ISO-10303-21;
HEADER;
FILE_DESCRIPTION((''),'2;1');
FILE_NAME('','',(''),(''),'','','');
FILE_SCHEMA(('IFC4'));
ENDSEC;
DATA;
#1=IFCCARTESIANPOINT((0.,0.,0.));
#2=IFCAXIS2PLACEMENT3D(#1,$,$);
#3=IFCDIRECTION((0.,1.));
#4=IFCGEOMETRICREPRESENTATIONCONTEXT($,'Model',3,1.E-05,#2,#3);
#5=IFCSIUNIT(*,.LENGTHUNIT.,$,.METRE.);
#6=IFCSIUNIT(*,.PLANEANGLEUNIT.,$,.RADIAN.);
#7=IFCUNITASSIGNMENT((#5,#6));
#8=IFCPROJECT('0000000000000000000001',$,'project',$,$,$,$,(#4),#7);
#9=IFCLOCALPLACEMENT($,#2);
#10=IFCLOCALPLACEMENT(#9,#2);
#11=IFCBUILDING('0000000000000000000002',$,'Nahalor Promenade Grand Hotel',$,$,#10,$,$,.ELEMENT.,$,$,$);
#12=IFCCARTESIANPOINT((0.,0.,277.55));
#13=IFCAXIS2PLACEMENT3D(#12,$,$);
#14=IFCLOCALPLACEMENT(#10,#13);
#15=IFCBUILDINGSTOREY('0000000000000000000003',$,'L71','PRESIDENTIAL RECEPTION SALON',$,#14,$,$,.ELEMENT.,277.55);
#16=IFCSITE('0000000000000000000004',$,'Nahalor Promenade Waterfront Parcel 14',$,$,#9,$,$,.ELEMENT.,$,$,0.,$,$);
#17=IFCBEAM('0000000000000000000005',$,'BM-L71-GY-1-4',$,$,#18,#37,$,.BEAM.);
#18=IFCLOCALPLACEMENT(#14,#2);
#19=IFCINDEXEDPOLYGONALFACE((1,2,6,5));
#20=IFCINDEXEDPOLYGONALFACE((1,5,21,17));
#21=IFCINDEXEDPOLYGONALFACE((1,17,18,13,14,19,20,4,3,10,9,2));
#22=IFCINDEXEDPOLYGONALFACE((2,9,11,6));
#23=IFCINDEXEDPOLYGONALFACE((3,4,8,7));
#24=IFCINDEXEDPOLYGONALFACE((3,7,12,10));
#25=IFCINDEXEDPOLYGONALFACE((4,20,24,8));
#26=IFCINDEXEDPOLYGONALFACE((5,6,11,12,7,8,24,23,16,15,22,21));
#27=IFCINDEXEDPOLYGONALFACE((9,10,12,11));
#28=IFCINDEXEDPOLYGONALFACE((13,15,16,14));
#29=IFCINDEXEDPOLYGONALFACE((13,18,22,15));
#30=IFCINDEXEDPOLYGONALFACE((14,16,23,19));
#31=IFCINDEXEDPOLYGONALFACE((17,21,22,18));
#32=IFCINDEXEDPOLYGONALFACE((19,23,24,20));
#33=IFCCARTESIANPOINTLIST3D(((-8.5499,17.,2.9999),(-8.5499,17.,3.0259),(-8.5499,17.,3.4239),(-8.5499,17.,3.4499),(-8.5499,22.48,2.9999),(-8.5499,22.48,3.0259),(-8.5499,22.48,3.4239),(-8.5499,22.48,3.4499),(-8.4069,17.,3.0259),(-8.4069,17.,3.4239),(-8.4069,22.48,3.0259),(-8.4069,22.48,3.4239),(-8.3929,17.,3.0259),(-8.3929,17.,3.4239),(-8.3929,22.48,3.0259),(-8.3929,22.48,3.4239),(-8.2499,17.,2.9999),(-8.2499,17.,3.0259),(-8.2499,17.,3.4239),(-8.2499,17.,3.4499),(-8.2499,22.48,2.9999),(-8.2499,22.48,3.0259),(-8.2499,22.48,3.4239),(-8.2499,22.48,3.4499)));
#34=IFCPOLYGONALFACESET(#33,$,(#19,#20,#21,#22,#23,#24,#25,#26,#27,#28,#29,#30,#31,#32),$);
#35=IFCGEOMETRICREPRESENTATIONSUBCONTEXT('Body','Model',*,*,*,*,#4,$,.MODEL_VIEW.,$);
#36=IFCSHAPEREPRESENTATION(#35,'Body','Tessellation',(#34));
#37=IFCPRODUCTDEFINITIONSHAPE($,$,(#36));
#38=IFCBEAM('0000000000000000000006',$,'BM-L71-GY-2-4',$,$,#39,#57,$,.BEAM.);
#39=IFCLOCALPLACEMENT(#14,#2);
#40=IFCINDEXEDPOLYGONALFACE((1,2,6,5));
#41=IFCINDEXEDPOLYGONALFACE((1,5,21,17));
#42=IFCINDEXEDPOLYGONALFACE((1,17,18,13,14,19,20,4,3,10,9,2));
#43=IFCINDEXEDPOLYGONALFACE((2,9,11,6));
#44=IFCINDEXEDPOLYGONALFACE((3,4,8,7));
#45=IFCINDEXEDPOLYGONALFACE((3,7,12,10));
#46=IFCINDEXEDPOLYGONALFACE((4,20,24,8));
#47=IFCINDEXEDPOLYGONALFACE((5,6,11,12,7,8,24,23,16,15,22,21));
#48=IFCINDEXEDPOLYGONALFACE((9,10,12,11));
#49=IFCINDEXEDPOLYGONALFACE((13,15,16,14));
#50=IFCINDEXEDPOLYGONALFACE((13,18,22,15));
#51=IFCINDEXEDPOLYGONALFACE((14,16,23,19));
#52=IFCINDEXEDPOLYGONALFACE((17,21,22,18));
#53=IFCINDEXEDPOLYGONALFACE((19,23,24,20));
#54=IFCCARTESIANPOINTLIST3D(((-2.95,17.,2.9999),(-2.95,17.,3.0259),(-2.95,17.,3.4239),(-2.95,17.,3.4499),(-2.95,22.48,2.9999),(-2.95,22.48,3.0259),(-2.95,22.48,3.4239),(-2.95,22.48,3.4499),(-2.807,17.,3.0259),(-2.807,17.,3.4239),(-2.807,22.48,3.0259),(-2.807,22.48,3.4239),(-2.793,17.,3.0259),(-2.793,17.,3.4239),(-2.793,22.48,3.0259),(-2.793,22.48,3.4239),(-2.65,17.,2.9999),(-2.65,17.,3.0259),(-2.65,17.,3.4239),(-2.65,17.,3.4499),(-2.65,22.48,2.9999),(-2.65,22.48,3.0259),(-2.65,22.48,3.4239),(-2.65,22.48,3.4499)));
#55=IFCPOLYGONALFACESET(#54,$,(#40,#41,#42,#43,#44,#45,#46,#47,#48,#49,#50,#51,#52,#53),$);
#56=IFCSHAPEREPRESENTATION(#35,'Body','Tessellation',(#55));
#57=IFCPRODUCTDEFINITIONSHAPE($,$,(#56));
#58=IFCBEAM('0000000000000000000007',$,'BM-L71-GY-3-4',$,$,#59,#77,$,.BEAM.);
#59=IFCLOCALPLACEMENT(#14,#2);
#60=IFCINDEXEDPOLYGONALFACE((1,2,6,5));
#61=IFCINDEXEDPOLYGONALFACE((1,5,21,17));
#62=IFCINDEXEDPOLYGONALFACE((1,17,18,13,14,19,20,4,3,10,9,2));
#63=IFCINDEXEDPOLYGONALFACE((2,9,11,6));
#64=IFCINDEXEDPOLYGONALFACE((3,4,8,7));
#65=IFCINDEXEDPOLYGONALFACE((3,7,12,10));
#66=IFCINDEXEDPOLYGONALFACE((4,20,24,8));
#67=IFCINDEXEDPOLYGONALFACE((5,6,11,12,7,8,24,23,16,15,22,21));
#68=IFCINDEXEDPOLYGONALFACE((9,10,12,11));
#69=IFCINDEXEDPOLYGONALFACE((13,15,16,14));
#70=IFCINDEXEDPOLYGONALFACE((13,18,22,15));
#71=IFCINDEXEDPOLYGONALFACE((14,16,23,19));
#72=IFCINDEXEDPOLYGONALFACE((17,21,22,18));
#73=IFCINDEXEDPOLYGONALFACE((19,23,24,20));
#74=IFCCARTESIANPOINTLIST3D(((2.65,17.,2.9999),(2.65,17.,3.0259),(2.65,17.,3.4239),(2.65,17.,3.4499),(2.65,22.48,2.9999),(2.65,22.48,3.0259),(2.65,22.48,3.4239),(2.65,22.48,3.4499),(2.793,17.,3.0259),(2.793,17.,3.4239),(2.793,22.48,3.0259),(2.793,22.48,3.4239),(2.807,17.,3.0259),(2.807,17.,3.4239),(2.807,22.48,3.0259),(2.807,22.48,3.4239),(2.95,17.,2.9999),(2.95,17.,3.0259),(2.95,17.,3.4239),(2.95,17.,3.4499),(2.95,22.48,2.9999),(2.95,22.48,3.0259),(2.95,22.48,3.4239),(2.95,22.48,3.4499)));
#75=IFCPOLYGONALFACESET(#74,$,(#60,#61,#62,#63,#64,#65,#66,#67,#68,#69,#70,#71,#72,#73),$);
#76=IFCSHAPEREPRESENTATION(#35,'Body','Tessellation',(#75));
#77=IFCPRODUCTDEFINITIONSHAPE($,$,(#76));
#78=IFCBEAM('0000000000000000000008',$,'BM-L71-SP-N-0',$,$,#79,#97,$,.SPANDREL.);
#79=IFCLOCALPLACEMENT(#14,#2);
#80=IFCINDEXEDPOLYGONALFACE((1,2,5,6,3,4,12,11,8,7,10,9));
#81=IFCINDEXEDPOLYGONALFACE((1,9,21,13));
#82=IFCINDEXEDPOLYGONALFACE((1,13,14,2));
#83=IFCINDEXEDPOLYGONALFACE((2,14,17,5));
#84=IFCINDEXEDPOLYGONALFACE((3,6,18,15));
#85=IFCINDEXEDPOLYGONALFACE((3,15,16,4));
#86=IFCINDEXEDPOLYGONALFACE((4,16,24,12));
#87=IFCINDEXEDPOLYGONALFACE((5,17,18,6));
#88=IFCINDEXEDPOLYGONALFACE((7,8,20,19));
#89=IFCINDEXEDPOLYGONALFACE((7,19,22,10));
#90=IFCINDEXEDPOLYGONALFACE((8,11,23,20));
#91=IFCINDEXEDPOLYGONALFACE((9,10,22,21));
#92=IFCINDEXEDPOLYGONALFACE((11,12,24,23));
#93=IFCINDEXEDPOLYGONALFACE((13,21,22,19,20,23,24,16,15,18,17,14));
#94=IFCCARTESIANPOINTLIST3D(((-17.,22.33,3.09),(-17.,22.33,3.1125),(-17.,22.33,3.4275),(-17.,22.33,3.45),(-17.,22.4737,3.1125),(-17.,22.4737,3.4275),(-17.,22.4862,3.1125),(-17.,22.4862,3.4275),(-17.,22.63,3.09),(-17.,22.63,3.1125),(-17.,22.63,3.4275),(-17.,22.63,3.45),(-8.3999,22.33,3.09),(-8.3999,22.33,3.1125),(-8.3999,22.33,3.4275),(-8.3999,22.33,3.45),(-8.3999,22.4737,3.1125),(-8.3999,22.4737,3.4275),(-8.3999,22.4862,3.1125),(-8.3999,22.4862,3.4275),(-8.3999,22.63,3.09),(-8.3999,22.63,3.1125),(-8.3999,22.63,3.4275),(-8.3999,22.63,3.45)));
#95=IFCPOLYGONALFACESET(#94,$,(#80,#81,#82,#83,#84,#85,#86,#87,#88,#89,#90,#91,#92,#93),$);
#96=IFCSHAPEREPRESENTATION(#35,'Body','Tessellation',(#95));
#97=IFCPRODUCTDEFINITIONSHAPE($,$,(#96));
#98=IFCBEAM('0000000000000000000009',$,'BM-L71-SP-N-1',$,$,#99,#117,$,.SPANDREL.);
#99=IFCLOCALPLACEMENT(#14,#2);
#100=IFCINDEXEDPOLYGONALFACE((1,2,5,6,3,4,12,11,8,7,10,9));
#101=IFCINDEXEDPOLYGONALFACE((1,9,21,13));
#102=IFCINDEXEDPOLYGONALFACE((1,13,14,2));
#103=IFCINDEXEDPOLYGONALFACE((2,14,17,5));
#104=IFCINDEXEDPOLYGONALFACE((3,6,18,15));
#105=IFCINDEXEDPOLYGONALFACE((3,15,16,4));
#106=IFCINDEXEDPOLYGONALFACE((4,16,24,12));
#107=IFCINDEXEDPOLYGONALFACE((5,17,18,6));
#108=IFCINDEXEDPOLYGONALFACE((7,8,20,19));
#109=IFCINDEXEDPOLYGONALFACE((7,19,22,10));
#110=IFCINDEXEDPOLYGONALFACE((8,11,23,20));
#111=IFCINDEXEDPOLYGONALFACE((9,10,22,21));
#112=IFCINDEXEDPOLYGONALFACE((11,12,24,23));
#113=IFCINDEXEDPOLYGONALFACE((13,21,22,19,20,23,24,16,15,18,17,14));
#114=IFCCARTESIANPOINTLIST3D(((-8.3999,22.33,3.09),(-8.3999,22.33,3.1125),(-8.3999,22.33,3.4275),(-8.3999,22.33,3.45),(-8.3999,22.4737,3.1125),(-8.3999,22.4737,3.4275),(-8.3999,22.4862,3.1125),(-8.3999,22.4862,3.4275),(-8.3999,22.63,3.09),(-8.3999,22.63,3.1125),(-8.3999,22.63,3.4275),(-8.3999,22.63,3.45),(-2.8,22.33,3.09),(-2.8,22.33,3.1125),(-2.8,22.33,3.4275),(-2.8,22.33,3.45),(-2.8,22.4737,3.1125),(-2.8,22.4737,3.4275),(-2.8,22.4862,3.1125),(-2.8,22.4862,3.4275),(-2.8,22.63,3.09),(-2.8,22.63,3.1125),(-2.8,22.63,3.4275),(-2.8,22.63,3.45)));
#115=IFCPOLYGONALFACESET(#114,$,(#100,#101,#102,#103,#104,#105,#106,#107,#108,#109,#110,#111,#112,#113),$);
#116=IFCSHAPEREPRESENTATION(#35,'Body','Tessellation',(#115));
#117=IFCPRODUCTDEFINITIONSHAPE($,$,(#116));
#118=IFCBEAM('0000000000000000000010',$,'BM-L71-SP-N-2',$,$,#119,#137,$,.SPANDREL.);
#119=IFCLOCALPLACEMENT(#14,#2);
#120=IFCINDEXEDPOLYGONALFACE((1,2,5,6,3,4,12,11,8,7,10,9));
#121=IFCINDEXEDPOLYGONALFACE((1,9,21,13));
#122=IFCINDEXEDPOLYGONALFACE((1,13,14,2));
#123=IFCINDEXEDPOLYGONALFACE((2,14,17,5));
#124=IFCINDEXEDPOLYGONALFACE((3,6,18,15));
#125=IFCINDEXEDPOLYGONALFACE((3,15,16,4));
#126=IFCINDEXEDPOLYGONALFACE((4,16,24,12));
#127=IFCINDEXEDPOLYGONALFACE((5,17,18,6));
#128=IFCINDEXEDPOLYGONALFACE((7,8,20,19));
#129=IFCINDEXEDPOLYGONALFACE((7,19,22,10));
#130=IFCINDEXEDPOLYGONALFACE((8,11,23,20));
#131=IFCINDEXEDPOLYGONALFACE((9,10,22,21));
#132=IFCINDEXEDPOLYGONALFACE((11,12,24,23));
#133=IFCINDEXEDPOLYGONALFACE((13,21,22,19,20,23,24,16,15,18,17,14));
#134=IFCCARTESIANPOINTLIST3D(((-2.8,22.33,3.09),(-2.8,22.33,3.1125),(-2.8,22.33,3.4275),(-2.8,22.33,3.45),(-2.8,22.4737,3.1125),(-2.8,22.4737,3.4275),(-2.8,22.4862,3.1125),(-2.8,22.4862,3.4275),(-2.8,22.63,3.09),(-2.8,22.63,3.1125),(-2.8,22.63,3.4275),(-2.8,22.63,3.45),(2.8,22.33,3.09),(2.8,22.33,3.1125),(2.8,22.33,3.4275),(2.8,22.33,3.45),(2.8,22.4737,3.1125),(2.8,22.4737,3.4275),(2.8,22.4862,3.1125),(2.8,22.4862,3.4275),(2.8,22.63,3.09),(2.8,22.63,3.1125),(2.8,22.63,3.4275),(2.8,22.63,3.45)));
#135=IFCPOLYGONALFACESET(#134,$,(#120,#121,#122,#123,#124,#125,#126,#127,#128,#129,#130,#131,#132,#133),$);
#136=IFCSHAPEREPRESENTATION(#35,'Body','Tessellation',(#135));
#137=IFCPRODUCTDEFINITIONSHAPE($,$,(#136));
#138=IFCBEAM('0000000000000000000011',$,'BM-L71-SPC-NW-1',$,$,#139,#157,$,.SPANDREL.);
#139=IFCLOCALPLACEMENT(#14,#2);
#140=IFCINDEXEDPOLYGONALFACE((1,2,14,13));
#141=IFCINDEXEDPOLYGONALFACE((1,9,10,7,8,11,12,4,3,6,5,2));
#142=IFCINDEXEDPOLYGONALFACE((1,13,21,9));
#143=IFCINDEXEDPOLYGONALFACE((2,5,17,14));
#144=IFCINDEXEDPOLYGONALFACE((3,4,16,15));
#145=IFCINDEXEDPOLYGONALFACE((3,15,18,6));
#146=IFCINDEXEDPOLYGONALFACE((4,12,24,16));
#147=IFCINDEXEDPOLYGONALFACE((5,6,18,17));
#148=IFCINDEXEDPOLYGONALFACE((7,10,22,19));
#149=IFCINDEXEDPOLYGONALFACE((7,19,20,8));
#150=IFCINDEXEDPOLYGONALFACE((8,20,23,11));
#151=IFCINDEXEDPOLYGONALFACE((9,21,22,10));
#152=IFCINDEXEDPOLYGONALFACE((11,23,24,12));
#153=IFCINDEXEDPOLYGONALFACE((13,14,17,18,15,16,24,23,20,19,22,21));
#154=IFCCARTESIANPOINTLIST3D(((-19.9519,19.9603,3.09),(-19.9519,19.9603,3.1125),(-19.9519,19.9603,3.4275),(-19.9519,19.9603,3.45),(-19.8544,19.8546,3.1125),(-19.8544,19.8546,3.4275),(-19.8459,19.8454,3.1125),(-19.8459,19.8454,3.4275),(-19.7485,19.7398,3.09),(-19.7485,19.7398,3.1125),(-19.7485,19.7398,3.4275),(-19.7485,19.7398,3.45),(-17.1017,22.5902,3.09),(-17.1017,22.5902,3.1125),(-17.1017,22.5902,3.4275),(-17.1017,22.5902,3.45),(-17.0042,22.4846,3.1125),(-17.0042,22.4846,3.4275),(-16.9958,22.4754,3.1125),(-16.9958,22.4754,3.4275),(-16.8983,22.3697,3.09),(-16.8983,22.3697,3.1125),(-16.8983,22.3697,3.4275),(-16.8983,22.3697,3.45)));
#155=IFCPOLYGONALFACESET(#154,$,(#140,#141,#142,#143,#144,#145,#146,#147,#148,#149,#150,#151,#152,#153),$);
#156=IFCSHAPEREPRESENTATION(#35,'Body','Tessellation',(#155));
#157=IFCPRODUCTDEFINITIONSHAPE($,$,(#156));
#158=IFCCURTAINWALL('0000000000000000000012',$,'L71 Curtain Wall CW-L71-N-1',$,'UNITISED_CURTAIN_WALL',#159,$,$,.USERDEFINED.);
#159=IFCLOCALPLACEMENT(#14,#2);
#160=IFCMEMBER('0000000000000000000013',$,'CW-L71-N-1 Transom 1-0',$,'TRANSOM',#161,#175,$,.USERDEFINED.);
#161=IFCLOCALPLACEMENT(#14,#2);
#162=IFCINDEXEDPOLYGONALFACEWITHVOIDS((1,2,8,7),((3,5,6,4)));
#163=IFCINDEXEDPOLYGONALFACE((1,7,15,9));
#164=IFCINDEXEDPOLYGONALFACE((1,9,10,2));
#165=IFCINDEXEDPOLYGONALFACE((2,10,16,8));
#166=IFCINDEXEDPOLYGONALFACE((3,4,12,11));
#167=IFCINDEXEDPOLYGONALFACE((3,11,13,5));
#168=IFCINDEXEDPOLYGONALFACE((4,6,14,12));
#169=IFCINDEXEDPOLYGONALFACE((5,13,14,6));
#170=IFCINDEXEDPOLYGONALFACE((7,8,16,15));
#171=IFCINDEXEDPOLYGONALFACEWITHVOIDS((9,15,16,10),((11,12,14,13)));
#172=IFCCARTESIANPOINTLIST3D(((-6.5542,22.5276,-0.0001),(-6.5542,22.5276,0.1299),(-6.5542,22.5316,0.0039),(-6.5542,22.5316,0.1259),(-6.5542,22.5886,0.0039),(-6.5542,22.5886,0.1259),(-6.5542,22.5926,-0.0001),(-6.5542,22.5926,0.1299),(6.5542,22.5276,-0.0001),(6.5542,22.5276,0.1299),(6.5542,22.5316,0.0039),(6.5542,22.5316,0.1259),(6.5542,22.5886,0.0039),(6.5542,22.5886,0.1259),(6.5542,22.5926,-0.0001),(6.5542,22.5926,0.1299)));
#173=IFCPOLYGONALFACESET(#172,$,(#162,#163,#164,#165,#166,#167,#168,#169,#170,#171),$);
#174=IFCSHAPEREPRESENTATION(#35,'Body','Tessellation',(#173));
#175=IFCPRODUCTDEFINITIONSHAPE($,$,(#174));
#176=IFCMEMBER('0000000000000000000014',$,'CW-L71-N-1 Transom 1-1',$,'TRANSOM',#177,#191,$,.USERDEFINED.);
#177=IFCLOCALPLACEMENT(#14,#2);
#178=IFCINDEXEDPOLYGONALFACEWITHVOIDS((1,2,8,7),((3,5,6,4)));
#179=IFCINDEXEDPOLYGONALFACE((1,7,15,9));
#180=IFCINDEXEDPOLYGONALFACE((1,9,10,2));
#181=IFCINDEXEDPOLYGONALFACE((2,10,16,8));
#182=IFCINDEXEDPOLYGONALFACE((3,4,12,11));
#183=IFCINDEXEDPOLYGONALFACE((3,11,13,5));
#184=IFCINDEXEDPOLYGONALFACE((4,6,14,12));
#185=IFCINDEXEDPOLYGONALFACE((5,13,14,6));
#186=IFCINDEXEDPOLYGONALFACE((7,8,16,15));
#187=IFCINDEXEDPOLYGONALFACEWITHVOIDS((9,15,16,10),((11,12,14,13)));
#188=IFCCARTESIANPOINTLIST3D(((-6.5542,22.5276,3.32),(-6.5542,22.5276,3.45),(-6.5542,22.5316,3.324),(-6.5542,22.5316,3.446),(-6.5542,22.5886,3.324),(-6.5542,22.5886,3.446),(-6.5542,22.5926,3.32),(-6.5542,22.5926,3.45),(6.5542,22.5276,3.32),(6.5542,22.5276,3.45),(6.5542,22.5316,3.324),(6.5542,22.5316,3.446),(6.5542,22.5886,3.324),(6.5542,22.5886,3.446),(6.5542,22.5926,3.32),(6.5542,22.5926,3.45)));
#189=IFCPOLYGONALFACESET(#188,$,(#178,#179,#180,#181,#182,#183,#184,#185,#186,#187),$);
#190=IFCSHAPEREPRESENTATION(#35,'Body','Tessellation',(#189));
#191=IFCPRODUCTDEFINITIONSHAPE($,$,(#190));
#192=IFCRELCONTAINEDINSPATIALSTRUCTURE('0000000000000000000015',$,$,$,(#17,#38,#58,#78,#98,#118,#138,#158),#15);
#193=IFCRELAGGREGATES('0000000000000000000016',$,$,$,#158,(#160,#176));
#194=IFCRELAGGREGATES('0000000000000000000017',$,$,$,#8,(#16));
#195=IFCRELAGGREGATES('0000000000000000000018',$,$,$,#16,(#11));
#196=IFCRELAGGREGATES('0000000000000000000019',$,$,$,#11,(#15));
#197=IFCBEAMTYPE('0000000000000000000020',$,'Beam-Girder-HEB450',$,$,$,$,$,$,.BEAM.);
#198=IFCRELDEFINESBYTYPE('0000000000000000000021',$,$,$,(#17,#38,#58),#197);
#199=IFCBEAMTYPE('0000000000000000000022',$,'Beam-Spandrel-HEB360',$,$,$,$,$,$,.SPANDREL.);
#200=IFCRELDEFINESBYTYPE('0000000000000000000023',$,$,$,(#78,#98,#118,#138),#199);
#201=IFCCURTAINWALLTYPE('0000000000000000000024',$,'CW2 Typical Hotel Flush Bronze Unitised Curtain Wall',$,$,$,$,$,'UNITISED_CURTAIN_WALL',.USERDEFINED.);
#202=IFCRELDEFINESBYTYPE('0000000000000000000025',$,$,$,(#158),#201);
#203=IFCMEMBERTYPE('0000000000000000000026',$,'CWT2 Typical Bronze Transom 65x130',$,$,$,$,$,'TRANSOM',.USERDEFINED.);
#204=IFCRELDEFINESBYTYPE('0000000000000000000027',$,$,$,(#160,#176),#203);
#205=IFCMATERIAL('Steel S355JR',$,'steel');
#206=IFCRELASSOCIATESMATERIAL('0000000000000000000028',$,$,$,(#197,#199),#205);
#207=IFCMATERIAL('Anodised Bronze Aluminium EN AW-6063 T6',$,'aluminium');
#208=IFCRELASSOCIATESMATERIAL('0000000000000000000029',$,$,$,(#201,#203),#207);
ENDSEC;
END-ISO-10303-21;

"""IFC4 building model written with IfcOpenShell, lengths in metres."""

from ifc_helpers import new_model, si_unit, direction, frame, origin, origin_2d, place, context, subcontext, project, spatial, hollow_rectangle, i_section, extrude, source, transform, mapped, material, material_profile, profile_set, type_object, element, aggregate, save


model = new_model("IFC4")

# Units and contexts
model_context = context("Model", 3, precision=1e-05, world=origin(), true_north=direction((0.0, 1.0)))
body_context = subcontext(model_context, "Body", "Model", "MODEL_VIEW")
ifc_project = project(units=[si_unit("LENGTHUNIT", "METRE"), si_unit("PLANEANGLEUNIT", "RADIAN")], contexts=[model_context])

# Site, building, storey
site_placement = place(None, origin())
site = spatial("IfcSite", under=ifc_project, at=site_placement, Name="Nahalor Promenade Waterfront Parcel 14", CompositionType="ELEMENT", RefElevation=0.0)
building_placement = place(site_placement, origin())
building = spatial("IfcBuilding", under=site, at=building_placement, Name="Nahalor Promenade Grand Hotel", CompositionType="ELEMENT")
storey_placement = place(building_placement, frame((0.0, 0.0, 277.55)))
storey = spatial("IfcBuildingStorey", under=building, at=storey_placement, Name="L71", Description="PRESIDENTIAL RECEPTION SALON", CompositionType="ELEMENT", Elevation=277.55)

# Shared definitions
ifc_material_1 = material(Name="Steel S355JR", Category="steel")

# Beams
ifc_material_profile_1 = material_profile(ifc_material_1, i_section(OverallWidth=0.3, OverallDepth=0.45, WebThickness=0.014, FlangeThickness=0.026, at=origin_2d()), Name="HEB 450")
ifc_profile_set_1 = profile_set([ifc_material_profile_1], Name="Steel S355JR")
beam_type_1 = type_object("IfcBeamType", Name="Beam-Girder-HEB450", PredefinedType="BEAM", material=ifc_profile_set_1)
shared_shape_1 = source(origin(), body_context, "Body", "SweptSolid", [
    extrude(i_section(OverallWidth=0.3, OverallDepth=0.45, WebThickness=0.014, FlangeThickness=0.026, at=origin_2d()), origin(), (0.0, 0.0, 1.0), 5.48),
])
for number, where, z_axis, x_axis, name in (
    (1, (-8.3999, 17.0, 3.2249), (0.0, 1.0, 0.0), (-1.0, 0.0, 0.0), "BM-L71-GY-1-4"),
    (2, (-2.8, 17.0, 3.2249), (0.0, 1.0, 0.0), (-1.0, 0.0, 0.0), "BM-L71-GY-2-4"),
    (3, (2.8, 17.0, 3.2249), (0.0, 1.0, 0.0), (-1.0, 0.0, 0.0), "BM-L71-GY-3-4"),
):
    element("IfcBeam", number, at=place(storey_placement, frame(where, z_axis=z_axis, x_axis=x_axis)), inside=storey, type_object=beam_type_1, Name=name, PredefinedType="BEAM", context=body_context, shape_type="MappedRepresentation", body=[
        mapped(shared_shape_1, transform((0.0, 0.0, 0.0), scale=1.0)),
    ])
ifc_material_profile_2 = material_profile(ifc_material_1, i_section(OverallWidth=0.3, OverallDepth=0.36, WebThickness=0.0125, FlangeThickness=0.0225, at=origin_2d()), Name="HEB 360")
ifc_profile_set_2 = profile_set([ifc_material_profile_2], Name="Steel S355JR")
beam_type_2 = type_object("IfcBeamType", Name="Beam-Spandrel-HEB360", PredefinedType="SPANDREL", material=ifc_profile_set_2)
shared_shape_2 = source(origin(), body_context, "Body", "SweptSolid", [
    extrude(i_section(OverallWidth=0.3, OverallDepth=0.36, WebThickness=0.0125, FlangeThickness=0.0225, at=origin_2d()), origin(), (0.0, 0.0, 1.0), 8.6001),
])
beam_1_placement = place(storey_placement, frame((-17.0, 22.48, 3.27), z_axis=(1.0, 0.0, 0.0), x_axis=(0.0, 1.0, 0.0)))
element("IfcBeam", 4, at=beam_1_placement, inside=storey, type_object=beam_type_2, Name="BM-L71-SP-N-0", PredefinedType="SPANDREL", context=body_context, shape_type="MappedRepresentation", body=[
    mapped(shared_shape_2, transform((0.0, 0.0, 0.0), scale=1.0)),
])
shared_shape_3 = source(origin(), body_context, "Body", "SweptSolid", [
    extrude(i_section(OverallWidth=0.3, OverallDepth=0.36, WebThickness=0.0125, FlangeThickness=0.0225, at=origin_2d()), origin(), (0.0, 0.0, 1.0), 5.5999),
])
beam_2_placement = place(storey_placement, frame((-8.3999, 22.48, 3.27), z_axis=(1.0, 0.0, 0.0), x_axis=(0.0, 1.0, 0.0)))
element("IfcBeam", 5, at=beam_2_placement, inside=storey, type_object=beam_type_2, Name="BM-L71-SP-N-1", PredefinedType="SPANDREL", context=body_context, shape_type="MappedRepresentation", body=[
    mapped(shared_shape_3, transform((0.0, 0.0, 0.0), scale=1.0)),
])
shared_shape_4 = source(origin(), body_context, "Body", "SweptSolid", [
    extrude(i_section(OverallWidth=0.3, OverallDepth=0.36, WebThickness=0.0125, FlangeThickness=0.0225, at=origin_2d()), origin(), (0.0, 0.0, 1.0), 5.6001),
])
beam_3_placement = place(storey_placement, frame((-2.8, 22.48, 3.27), z_axis=(1.0, 0.0, 0.0), x_axis=(0.0, 1.0, 0.0)))
element("IfcBeam", 6, at=beam_3_placement, inside=storey, type_object=beam_type_2, Name="BM-L71-SP-N-2", PredefinedType="SPANDREL", context=body_context, shape_type="MappedRepresentation", body=[
    mapped(shared_shape_4, transform((0.0, 0.0, 0.0), scale=1.0)),
])
shared_shape_5 = source(origin(), body_context, "Body", "SweptSolid", [
    extrude(i_section(OverallWidth=0.3, OverallDepth=0.36, WebThickness=0.0125, FlangeThickness=0.0225, at=origin_2d()), origin(), (0.0, 0.0, 1.0), 3.8782),
])
beam_4_placement = place(storey_placement, frame((-17.0, 22.48, 3.27), z_axis=(-0.734929, -0.678144, 0.0), x_axis=(0.678144, -0.734929, 0.0)))
element("IfcBeam", 7, at=beam_4_placement, inside=storey, type_object=beam_type_2, Name="BM-L71-SPC-NW-1", PredefinedType="SPANDREL", context=body_context, shape_type="MappedRepresentation", body=[
    mapped(shared_shape_5, transform((0.0, 0.0, 0.0), scale=1.0)),
])

# Curtain wall, members
ifc_material_2 = material(Name="Anodised Bronze Aluminium EN AW-6063 T6", Category="aluminium")
curtain_wall_type = type_object("IfcCurtainWallType", Name="CW2 Typical Hotel Flush Bronze Unitised Curtain Wall", ElementType="UNITISED_CURTAIN_WALL", PredefinedType="USERDEFINED", material=ifc_material_2)
curtain_wall_placement = place(storey_placement, origin())
curtain_wall = element("IfcCurtainWall", 8, at=curtain_wall_placement, inside=storey, type_object=curtain_wall_type, Name="L71 Curtain Wall CW-L71-N-1", ObjectType="UNITISED_CURTAIN_WALL", PredefinedType="USERDEFINED")
ifc_material_profile_3 = material_profile(ifc_material_2, hollow_rectangle(XDim=0.065, YDim=0.13, WallThickness=0.004, at=origin_2d()), Name="CWT 65x130x4")
ifc_profile_set_3 = profile_set([ifc_material_profile_3], Name="Anodised Bronze Aluminium EN AW-6063 T6")
member_type_1 = type_object("IfcMemberType", Name="CWT2 Typical Bronze Transom 65x130", ElementType="TRANSOM", PredefinedType="USERDEFINED", material=ifc_profile_set_3)
shared_shape_6 = source(origin(), body_context, "Body", "SweptSolid", [
    extrude(hollow_rectangle(XDim=0.065, YDim=0.13, WallThickness=0.004, at=origin_2d()), origin(), (0.0, 0.0, 1.0), 13.1084),
])
member_1_placement = place(storey_placement, frame((-6.5542, 22.5601, 0.0649), z_axis=(1.0, 0.0, 0.0), x_axis=(0.0, 1.0, 0.0)))
member_1 = element("IfcMember", 9, at=member_1_placement, type_object=member_type_1, Name="CW-L71-N-1 Transom 1-0", ObjectType="TRANSOM", PredefinedType="USERDEFINED", context=body_context, shape_type="MappedRepresentation", body=[
    mapped(shared_shape_6, transform((0.0, 0.0, 0.0), scale=1.0)),
])
member_2_placement = place(storey_placement, frame((-6.5542, 22.5601, 3.385), z_axis=(1.0, 0.0, 0.0), x_axis=(0.0, 1.0, 0.0)))
member_2 = element("IfcMember", 10, at=member_2_placement, type_object=member_type_1, Name="CW-L71-N-1 Transom 1-1", ObjectType="TRANSOM", PredefinedType="USERDEFINED", context=body_context, shape_type="MappedRepresentation", body=[
    mapped(shared_shape_6, transform((0.0, 0.0, 0.0), scale=1.0)),
])
aggregate(curtain_wall, [member_1, member_2])

save(model, "model.ifc")
